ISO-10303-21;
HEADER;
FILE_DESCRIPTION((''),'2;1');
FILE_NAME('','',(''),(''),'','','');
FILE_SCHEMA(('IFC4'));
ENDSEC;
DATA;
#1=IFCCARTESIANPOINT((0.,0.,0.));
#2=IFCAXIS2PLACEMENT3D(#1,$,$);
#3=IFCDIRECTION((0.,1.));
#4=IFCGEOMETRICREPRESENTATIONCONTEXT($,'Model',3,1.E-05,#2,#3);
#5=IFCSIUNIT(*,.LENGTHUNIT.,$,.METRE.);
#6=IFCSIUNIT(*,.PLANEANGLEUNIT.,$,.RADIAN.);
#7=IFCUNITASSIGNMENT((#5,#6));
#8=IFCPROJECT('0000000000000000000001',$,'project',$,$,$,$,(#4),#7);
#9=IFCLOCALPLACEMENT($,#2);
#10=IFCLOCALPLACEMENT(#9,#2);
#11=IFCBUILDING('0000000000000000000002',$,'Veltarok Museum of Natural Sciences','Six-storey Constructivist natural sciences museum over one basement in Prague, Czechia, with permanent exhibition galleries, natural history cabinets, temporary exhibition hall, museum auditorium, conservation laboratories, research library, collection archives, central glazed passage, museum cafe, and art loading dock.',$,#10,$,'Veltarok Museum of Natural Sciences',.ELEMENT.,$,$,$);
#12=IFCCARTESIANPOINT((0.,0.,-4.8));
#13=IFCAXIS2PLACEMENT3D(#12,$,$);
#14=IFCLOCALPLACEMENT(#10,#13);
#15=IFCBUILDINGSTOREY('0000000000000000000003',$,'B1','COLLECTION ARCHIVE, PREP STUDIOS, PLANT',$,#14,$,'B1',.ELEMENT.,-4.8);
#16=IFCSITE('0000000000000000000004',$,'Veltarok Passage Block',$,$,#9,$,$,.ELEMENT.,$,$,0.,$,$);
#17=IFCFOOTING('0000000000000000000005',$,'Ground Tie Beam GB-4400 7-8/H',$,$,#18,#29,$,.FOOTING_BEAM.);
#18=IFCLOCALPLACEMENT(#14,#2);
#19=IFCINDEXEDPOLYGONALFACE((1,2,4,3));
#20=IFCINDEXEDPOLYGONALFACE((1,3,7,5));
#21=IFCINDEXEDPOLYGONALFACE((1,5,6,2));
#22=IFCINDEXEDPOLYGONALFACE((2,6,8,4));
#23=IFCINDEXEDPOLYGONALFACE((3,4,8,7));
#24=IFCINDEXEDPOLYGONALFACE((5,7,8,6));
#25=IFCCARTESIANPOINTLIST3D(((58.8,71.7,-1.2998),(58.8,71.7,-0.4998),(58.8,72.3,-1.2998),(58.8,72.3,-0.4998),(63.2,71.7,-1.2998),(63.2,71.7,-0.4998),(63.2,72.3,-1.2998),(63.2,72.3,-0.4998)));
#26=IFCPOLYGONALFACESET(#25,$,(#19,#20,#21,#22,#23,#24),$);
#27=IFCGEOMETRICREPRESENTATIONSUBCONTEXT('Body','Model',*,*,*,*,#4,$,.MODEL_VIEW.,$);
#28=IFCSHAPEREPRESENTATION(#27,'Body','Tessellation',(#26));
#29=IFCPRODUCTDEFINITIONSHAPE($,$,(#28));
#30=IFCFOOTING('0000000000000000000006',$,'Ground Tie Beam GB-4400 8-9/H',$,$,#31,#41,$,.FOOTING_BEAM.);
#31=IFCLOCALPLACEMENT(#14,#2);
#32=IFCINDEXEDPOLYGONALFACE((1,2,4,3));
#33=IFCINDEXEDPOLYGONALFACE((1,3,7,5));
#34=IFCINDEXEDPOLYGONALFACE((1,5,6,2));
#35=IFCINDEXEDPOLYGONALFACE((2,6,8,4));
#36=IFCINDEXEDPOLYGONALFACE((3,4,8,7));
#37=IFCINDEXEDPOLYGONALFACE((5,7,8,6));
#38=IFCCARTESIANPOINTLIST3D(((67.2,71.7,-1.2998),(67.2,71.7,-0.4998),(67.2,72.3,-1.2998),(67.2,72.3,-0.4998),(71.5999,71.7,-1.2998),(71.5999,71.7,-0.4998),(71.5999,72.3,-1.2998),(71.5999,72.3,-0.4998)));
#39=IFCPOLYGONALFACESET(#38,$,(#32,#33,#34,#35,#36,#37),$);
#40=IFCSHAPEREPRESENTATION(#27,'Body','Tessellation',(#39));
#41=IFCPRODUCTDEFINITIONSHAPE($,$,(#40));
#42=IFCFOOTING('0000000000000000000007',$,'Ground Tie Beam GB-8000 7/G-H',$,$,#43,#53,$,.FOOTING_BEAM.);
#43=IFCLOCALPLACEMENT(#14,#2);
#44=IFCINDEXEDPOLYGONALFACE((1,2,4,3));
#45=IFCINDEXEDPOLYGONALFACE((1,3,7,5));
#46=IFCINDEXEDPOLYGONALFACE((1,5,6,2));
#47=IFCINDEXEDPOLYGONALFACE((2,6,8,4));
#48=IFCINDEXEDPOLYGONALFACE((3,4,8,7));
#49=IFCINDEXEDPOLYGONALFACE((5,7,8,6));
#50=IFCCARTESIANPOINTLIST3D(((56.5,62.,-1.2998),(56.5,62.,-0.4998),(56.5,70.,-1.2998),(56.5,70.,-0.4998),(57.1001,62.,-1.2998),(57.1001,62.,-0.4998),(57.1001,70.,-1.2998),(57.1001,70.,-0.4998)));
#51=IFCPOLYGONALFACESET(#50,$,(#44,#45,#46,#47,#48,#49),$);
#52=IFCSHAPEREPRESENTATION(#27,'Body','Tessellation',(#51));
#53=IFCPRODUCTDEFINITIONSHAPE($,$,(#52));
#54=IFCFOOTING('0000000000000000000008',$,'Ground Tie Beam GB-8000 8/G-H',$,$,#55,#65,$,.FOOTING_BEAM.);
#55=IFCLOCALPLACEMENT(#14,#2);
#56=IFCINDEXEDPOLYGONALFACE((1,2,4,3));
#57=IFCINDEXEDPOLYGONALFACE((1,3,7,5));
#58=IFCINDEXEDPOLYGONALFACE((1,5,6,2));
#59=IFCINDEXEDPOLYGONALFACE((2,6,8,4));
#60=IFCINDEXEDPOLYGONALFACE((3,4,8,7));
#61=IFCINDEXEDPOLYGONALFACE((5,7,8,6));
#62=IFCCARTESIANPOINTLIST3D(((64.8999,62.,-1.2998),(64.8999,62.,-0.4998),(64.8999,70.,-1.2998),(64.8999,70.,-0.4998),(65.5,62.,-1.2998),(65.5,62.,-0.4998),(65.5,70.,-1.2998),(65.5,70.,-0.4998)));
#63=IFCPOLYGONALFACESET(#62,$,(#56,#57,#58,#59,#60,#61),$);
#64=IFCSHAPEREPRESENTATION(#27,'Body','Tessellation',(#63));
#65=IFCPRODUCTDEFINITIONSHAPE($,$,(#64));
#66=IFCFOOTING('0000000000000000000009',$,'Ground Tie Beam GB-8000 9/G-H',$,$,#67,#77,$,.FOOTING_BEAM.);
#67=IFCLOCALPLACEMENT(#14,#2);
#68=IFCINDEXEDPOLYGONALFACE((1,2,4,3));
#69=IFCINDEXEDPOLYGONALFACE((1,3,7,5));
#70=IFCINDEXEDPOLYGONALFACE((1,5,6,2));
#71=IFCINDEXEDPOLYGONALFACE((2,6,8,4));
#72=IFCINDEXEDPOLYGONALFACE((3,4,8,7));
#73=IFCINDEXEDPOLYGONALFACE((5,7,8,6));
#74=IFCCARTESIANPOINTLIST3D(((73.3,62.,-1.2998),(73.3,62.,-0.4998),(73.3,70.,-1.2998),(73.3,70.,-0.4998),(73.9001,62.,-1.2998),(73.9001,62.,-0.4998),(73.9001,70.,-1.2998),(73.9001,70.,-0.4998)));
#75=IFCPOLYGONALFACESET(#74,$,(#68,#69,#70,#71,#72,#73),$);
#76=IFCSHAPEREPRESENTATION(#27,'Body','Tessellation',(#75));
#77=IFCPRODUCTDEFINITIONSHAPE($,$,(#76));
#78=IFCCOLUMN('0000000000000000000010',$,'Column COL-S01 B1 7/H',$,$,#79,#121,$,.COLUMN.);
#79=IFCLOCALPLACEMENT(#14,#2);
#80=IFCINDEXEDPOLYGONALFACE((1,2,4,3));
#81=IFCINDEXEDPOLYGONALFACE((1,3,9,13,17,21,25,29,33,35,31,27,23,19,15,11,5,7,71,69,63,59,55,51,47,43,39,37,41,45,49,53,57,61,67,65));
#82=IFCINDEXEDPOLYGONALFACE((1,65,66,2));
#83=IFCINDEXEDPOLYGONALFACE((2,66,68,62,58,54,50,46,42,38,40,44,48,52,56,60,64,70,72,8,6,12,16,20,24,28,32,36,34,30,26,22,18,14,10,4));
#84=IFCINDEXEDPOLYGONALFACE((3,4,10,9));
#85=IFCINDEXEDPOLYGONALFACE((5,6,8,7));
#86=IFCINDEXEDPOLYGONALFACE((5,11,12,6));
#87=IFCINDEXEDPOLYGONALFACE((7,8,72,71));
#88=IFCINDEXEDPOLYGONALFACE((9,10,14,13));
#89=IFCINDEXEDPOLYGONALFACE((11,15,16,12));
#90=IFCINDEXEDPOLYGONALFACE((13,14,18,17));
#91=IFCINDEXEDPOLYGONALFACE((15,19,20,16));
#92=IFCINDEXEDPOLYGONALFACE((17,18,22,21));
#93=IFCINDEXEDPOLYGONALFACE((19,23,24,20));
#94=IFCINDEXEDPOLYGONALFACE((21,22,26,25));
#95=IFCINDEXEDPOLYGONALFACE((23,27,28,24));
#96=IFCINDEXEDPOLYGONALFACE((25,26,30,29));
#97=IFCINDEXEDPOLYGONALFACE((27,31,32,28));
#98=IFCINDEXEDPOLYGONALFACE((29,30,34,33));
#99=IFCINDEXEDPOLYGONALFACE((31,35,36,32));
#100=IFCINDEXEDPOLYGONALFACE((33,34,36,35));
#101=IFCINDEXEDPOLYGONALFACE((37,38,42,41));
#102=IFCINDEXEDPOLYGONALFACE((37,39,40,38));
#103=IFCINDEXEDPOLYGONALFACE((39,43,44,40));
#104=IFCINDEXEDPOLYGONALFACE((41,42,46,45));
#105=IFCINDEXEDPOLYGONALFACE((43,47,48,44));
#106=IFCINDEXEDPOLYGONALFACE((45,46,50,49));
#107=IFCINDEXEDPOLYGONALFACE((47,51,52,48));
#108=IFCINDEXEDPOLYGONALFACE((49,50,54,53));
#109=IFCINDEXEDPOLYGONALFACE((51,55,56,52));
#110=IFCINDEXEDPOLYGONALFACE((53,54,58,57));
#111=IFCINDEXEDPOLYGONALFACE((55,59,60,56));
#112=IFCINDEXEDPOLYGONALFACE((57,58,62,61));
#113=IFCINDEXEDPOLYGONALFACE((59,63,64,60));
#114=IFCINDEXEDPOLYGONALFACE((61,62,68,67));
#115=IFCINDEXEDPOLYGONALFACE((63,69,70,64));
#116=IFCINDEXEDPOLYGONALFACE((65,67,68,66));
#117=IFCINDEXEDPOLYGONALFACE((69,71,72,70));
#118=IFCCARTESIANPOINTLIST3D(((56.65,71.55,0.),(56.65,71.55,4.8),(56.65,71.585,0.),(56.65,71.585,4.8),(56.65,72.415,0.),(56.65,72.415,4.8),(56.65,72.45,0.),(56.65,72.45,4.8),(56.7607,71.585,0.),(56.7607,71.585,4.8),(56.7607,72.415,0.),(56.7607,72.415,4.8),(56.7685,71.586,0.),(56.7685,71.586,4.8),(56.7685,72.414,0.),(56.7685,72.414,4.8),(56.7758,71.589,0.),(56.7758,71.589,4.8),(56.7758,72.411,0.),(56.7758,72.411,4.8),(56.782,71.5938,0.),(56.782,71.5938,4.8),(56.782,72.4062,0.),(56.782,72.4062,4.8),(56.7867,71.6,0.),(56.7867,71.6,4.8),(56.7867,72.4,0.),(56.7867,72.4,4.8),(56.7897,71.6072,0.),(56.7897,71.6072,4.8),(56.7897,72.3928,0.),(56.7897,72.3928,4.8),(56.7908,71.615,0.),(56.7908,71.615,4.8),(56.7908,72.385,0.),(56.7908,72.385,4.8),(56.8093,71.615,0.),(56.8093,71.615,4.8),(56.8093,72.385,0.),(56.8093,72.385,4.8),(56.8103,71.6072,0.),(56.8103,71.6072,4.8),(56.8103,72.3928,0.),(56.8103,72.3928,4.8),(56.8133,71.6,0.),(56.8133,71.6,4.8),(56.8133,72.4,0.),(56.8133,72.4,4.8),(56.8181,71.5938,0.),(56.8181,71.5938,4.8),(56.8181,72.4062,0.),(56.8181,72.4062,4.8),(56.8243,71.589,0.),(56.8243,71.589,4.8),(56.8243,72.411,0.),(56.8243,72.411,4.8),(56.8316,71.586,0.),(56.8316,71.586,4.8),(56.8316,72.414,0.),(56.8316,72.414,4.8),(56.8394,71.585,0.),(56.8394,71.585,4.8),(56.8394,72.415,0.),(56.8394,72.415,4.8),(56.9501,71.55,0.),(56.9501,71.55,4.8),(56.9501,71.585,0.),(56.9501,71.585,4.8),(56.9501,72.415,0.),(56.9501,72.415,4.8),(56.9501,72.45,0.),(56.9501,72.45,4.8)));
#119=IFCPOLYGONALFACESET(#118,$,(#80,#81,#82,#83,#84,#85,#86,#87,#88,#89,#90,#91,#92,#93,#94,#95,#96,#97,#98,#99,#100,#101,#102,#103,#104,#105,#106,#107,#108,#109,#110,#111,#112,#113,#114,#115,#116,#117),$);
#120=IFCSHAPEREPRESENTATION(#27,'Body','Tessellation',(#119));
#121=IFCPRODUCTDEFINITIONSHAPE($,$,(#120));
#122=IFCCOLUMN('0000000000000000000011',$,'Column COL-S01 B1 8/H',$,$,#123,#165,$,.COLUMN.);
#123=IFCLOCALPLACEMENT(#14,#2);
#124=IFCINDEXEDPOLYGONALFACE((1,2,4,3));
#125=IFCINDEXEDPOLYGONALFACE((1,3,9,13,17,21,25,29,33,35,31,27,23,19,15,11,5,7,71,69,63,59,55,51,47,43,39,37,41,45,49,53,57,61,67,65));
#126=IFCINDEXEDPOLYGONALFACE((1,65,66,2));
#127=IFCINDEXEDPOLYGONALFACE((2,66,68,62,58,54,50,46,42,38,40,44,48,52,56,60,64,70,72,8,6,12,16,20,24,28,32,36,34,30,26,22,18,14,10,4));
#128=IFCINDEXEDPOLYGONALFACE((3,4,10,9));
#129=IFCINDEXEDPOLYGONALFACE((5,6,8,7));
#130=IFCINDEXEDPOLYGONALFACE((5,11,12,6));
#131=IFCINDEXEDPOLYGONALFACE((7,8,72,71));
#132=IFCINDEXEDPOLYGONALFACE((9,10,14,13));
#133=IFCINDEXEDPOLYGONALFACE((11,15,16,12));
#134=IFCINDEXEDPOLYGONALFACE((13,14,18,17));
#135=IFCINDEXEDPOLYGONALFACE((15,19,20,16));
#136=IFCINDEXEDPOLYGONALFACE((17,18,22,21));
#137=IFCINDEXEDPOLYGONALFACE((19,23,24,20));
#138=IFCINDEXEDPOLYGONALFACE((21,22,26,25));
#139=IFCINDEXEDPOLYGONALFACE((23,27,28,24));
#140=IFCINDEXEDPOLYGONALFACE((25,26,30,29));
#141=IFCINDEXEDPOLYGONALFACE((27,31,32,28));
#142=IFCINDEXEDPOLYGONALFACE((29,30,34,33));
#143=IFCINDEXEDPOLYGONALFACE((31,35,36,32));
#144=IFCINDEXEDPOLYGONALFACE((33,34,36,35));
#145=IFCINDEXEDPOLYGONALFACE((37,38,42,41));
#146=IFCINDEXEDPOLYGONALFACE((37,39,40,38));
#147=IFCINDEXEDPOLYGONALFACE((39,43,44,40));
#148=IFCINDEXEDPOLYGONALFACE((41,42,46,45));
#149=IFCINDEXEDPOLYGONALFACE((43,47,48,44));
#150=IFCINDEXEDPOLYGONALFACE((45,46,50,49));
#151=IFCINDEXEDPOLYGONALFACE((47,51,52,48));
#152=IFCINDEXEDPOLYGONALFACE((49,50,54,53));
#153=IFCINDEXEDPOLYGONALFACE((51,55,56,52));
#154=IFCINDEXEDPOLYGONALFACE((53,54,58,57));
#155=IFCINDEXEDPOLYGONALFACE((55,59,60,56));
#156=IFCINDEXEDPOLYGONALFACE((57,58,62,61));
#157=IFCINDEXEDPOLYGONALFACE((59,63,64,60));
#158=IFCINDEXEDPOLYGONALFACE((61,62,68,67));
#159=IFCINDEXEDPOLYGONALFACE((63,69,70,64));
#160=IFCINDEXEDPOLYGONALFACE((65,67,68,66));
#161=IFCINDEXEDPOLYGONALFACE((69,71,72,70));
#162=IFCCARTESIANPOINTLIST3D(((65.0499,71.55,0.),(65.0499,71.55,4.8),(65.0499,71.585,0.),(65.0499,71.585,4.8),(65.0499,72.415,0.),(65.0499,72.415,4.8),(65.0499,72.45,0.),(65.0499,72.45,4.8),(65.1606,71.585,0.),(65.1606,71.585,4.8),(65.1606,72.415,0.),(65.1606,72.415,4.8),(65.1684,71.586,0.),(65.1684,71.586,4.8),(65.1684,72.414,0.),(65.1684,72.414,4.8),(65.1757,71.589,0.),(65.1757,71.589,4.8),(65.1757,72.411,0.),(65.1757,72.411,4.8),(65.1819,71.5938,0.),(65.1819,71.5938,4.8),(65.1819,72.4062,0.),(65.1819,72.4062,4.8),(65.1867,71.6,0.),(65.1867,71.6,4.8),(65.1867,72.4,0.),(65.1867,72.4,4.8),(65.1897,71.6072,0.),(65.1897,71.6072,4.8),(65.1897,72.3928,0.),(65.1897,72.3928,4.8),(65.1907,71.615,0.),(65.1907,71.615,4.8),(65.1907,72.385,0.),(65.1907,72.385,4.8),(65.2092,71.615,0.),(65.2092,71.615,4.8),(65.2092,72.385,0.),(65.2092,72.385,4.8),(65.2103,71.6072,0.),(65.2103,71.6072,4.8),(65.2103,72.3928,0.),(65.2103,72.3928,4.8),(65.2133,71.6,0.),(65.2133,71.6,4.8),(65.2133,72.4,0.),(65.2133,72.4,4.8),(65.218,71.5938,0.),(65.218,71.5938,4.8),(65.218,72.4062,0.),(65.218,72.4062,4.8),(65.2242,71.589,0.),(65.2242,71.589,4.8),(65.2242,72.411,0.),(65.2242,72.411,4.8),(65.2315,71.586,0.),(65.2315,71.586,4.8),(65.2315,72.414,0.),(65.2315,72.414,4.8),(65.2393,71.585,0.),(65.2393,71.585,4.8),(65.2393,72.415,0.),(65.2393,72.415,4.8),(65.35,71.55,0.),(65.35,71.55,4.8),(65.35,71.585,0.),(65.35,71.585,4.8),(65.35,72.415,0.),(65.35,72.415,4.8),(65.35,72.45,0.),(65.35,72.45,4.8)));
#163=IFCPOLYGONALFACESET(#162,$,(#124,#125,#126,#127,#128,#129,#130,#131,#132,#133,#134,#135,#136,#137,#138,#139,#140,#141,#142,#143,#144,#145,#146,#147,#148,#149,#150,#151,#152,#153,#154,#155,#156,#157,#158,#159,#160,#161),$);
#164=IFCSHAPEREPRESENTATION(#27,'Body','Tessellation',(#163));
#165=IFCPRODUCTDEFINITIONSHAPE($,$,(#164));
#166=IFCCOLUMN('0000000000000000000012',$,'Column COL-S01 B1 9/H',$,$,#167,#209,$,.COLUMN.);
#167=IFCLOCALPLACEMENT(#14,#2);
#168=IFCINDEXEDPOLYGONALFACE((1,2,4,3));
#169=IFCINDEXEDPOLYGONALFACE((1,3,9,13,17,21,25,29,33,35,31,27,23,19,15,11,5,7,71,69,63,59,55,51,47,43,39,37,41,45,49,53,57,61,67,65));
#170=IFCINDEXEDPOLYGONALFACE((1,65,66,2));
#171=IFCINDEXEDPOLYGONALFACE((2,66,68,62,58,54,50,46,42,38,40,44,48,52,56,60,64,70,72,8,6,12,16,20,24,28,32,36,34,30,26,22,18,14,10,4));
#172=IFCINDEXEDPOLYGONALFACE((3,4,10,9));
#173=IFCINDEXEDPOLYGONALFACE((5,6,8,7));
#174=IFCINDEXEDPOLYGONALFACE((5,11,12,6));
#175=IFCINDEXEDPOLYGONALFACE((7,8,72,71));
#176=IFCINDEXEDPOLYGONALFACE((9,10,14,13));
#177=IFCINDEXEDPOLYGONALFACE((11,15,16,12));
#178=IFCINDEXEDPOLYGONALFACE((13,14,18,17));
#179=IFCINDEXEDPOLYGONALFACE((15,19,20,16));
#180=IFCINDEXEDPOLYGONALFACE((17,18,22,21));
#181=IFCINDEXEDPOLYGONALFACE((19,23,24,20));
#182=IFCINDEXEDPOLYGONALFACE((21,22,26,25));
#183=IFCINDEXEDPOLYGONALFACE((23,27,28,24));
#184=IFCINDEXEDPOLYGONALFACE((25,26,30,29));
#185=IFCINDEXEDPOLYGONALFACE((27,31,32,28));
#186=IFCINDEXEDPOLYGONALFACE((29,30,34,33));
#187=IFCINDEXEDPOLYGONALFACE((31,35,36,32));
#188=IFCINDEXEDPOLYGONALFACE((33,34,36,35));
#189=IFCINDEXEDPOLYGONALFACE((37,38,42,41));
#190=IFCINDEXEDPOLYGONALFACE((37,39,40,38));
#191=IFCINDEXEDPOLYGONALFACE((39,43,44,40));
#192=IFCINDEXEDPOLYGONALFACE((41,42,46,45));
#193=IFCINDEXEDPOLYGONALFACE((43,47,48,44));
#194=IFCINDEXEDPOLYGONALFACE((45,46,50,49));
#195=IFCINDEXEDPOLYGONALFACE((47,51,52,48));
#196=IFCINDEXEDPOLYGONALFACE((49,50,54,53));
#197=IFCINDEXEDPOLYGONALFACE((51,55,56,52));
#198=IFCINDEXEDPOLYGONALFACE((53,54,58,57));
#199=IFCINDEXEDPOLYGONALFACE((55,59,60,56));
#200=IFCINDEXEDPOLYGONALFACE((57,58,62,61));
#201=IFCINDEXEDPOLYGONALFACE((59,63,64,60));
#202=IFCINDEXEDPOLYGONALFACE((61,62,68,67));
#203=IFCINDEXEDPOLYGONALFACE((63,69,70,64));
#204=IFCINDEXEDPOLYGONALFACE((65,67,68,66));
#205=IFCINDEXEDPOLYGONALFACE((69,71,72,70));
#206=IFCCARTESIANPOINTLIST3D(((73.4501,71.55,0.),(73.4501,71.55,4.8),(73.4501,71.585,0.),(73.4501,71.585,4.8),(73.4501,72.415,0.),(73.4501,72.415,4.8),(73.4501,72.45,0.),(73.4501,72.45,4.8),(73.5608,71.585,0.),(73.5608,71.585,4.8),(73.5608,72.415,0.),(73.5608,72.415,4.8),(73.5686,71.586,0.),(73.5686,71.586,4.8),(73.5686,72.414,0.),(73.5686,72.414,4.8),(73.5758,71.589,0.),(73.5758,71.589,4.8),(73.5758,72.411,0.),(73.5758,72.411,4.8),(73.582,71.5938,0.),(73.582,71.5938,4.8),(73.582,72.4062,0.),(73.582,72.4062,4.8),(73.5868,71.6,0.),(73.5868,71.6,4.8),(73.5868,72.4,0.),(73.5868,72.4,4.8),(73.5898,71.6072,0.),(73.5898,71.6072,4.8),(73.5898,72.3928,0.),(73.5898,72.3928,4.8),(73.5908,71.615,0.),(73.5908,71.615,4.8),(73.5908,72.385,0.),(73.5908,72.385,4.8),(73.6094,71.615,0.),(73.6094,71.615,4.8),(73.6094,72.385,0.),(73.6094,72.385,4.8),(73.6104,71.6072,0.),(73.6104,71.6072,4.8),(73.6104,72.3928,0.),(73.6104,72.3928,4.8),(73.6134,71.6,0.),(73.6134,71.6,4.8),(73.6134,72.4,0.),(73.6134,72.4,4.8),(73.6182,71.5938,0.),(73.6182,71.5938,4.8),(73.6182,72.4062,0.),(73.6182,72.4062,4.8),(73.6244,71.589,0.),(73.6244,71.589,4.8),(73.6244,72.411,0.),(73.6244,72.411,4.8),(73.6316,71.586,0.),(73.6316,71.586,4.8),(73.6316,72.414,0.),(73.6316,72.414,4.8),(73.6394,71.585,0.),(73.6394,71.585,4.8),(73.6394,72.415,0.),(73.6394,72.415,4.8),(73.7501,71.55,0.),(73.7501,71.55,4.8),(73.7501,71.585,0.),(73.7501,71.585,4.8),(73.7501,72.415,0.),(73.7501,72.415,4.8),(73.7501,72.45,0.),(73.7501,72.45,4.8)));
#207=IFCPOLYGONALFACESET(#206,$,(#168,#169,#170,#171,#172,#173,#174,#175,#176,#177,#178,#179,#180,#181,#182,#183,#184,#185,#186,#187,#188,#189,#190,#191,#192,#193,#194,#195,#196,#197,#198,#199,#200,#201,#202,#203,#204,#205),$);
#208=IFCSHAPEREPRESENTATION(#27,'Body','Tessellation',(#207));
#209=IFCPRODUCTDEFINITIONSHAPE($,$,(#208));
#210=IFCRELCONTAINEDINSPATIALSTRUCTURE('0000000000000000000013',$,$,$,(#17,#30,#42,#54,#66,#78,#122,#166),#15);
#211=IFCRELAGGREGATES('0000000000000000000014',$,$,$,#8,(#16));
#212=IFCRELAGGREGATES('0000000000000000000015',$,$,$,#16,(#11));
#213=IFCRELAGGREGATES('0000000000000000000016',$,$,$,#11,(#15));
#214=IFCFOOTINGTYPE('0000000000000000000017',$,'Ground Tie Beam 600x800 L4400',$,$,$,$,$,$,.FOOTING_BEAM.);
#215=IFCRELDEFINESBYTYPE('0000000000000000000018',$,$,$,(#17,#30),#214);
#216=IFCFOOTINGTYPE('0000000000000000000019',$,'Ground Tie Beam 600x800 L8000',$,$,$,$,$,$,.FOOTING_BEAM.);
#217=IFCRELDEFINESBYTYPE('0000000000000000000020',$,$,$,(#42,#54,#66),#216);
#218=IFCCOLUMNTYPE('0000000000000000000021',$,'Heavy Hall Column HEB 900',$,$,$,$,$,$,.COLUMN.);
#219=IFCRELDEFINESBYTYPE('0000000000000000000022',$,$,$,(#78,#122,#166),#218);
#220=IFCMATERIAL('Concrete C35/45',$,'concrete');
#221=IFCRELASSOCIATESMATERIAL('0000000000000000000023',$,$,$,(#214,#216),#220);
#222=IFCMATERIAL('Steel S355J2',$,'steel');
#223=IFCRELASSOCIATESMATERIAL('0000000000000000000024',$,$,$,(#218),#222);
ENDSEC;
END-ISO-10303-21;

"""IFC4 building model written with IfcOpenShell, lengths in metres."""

from ifc_helpers import new_model, si_unit, direction, frame, origin, origin_2d, place, context, subcontext, project, spatial, rectangle, i_section, extrude, material, material_profile, profile_set, type_object, element, save


model = new_model("IFC4")

# Units and contexts
model_context = context("Model", 3, precision=1e-05, world=origin(), true_north=direction((0.0, 1.0)))
body_context = subcontext(model_context, "Body", "Model", "MODEL_VIEW")
ifc_project = project(units=[si_unit("LENGTHUNIT", "METRE"), si_unit("PLANEANGLEUNIT", "RADIAN")], contexts=[model_context])

# Site, building, storey
site_placement = place(None, origin())
site = spatial("IfcSite", under=ifc_project, at=site_placement, Name="Veltarok Passage Block", CompositionType="ELEMENT", RefElevation=0.0)
building_placement = place(site_placement, origin())
building = spatial("IfcBuilding", under=site, at=building_placement, Name="Veltarok Museum of Natural Sciences", Description="Six-storey Constructivist natural sciences museum over one basement in Prague, Czechia, with permanent exhibition galleries, natural history cabinets, temporary exhibition hall, museum auditorium, conservation laboratories, research library, collection archives, central glazed passage, museum cafe, and art loading dock.", LongName="Veltarok Museum of Natural Sciences", CompositionType="ELEMENT")
storey_placement = place(building_placement, frame((0.0, 0.0, -4.8)))
storey = spatial("IfcBuildingStorey", under=building, at=storey_placement, Name="B1", Description="COLLECTION ARCHIVE, PREP STUDIOS, PLANT", LongName="B1", CompositionType="ELEMENT", Elevation=-4.8)

# Shared definitions
ifc_material_1 = material(Name="Concrete C35/45", Category="concrete")

# Footings
footing_type_1 = type_object("IfcFootingType", Name="Ground Tie Beam 600x800 L4400", PredefinedType="FOOTING_BEAM", material=ifc_material_1)
for number, where, z_axis, x_axis, name in (
    (1, (61.0, 72.0, -1.2998), (0.0, 0.0, 1.0), (1.0, 0.0, 0.0), "Ground Tie Beam GB-4400 7-8/H"),
    (2, (69.3999, 72.0, -1.2998), (0.0, 0.0, 1.0), (1.0, 0.0, 0.0), "Ground Tie Beam GB-4400 8-9/H"),
):
    element("IfcFooting", number, at=place(storey_placement, frame(where, z_axis=z_axis, x_axis=x_axis)), inside=storey, type_object=footing_type_1, Name=name, PredefinedType="FOOTING_BEAM", context=body_context, shape_type="SweptSolid", body=[
        extrude(rectangle(XDim=4.3999, YDim=0.6001, at=origin_2d()), origin(), (0.0, 0.0, 1.0), 0.8),
    ])
footing_type_2 = type_object("IfcFootingType", Name="Ground Tie Beam 600x800 L8000", PredefinedType="FOOTING_BEAM", material=ifc_material_1)
for number, where, z_axis, x_axis, name in (
    (3, (56.8, 66.0, -1.2998), (0.0, 0.0, 1.0), (0.0, 1.0, 0.0), "Ground Tie Beam GB-8000 7/G-H"),
    (4, (65.2, 66.0, -1.2998), (0.0, 0.0, 1.0), (0.0, 1.0, 0.0), "Ground Tie Beam GB-8000 8/G-H"),
    (5, (73.6001, 66.0, -1.2998), (0.0, 0.0, 1.0), (0.0, 1.0, 0.0), "Ground Tie Beam GB-8000 9/G-H"),
):
    element("IfcFooting", number, at=place(storey_placement, frame(where, z_axis=z_axis, x_axis=x_axis)), inside=storey, type_object=footing_type_2, Name=name, PredefinedType="FOOTING_BEAM", context=body_context, shape_type="SweptSolid", body=[
        extrude(rectangle(XDim=8.0, YDim=0.6001, at=origin_2d()), origin(), (0.0, 0.0, 1.0), 0.8),
    ])

# Columns
ifc_material_2 = material(Name="Steel S355J2", Category="steel")
ifc_material_profile_1 = material_profile(ifc_material_2, i_section(OverallWidth=0.3, OverallDepth=0.8999, WebThickness=0.0186, FlangeThickness=0.0349, FilletRadius=0.03, at=origin_2d()), Name="HEB 900")
ifc_profile_set_1 = profile_set([ifc_material_profile_1], Name="Steel S355J2")
column_type = type_object("IfcColumnType", Name="Heavy Hall Column HEB 900", PredefinedType="COLUMN", material=ifc_profile_set_1)
for number, where, z_axis, x_axis, name in (
    (6, (56.8, 72.0, 0.0), (0.0, 0.0, 1.0), (1.0, 0.0, 0.0), "Column COL-S01 B1 7/H"),
    (7, (65.2, 72.0, 0.0), (0.0, 0.0, 1.0), (1.0, 0.0, 0.0), "Column COL-S01 B1 8/H"),
    (8, (73.6001, 72.0, 0.0), (0.0, 0.0, 1.0), (1.0, 0.0, 0.0), "Column COL-S01 B1 9/H"),
):
    element("IfcColumn", number, at=place(storey_placement, frame(where, z_axis=z_axis, x_axis=x_axis)), inside=storey, type_object=column_type, Name=name, PredefinedType="COLUMN", context=body_context, shape_type="SweptSolid", body=[
        extrude(i_section(OverallWidth=0.3, OverallDepth=0.8999, WebThickness=0.0186, FlangeThickness=0.0349, FilletRadius=0.03, at=origin_2d()), origin(), (0.0, 0.0, 1.0), 4.8),
    ])

save(model, "model.ifc")
